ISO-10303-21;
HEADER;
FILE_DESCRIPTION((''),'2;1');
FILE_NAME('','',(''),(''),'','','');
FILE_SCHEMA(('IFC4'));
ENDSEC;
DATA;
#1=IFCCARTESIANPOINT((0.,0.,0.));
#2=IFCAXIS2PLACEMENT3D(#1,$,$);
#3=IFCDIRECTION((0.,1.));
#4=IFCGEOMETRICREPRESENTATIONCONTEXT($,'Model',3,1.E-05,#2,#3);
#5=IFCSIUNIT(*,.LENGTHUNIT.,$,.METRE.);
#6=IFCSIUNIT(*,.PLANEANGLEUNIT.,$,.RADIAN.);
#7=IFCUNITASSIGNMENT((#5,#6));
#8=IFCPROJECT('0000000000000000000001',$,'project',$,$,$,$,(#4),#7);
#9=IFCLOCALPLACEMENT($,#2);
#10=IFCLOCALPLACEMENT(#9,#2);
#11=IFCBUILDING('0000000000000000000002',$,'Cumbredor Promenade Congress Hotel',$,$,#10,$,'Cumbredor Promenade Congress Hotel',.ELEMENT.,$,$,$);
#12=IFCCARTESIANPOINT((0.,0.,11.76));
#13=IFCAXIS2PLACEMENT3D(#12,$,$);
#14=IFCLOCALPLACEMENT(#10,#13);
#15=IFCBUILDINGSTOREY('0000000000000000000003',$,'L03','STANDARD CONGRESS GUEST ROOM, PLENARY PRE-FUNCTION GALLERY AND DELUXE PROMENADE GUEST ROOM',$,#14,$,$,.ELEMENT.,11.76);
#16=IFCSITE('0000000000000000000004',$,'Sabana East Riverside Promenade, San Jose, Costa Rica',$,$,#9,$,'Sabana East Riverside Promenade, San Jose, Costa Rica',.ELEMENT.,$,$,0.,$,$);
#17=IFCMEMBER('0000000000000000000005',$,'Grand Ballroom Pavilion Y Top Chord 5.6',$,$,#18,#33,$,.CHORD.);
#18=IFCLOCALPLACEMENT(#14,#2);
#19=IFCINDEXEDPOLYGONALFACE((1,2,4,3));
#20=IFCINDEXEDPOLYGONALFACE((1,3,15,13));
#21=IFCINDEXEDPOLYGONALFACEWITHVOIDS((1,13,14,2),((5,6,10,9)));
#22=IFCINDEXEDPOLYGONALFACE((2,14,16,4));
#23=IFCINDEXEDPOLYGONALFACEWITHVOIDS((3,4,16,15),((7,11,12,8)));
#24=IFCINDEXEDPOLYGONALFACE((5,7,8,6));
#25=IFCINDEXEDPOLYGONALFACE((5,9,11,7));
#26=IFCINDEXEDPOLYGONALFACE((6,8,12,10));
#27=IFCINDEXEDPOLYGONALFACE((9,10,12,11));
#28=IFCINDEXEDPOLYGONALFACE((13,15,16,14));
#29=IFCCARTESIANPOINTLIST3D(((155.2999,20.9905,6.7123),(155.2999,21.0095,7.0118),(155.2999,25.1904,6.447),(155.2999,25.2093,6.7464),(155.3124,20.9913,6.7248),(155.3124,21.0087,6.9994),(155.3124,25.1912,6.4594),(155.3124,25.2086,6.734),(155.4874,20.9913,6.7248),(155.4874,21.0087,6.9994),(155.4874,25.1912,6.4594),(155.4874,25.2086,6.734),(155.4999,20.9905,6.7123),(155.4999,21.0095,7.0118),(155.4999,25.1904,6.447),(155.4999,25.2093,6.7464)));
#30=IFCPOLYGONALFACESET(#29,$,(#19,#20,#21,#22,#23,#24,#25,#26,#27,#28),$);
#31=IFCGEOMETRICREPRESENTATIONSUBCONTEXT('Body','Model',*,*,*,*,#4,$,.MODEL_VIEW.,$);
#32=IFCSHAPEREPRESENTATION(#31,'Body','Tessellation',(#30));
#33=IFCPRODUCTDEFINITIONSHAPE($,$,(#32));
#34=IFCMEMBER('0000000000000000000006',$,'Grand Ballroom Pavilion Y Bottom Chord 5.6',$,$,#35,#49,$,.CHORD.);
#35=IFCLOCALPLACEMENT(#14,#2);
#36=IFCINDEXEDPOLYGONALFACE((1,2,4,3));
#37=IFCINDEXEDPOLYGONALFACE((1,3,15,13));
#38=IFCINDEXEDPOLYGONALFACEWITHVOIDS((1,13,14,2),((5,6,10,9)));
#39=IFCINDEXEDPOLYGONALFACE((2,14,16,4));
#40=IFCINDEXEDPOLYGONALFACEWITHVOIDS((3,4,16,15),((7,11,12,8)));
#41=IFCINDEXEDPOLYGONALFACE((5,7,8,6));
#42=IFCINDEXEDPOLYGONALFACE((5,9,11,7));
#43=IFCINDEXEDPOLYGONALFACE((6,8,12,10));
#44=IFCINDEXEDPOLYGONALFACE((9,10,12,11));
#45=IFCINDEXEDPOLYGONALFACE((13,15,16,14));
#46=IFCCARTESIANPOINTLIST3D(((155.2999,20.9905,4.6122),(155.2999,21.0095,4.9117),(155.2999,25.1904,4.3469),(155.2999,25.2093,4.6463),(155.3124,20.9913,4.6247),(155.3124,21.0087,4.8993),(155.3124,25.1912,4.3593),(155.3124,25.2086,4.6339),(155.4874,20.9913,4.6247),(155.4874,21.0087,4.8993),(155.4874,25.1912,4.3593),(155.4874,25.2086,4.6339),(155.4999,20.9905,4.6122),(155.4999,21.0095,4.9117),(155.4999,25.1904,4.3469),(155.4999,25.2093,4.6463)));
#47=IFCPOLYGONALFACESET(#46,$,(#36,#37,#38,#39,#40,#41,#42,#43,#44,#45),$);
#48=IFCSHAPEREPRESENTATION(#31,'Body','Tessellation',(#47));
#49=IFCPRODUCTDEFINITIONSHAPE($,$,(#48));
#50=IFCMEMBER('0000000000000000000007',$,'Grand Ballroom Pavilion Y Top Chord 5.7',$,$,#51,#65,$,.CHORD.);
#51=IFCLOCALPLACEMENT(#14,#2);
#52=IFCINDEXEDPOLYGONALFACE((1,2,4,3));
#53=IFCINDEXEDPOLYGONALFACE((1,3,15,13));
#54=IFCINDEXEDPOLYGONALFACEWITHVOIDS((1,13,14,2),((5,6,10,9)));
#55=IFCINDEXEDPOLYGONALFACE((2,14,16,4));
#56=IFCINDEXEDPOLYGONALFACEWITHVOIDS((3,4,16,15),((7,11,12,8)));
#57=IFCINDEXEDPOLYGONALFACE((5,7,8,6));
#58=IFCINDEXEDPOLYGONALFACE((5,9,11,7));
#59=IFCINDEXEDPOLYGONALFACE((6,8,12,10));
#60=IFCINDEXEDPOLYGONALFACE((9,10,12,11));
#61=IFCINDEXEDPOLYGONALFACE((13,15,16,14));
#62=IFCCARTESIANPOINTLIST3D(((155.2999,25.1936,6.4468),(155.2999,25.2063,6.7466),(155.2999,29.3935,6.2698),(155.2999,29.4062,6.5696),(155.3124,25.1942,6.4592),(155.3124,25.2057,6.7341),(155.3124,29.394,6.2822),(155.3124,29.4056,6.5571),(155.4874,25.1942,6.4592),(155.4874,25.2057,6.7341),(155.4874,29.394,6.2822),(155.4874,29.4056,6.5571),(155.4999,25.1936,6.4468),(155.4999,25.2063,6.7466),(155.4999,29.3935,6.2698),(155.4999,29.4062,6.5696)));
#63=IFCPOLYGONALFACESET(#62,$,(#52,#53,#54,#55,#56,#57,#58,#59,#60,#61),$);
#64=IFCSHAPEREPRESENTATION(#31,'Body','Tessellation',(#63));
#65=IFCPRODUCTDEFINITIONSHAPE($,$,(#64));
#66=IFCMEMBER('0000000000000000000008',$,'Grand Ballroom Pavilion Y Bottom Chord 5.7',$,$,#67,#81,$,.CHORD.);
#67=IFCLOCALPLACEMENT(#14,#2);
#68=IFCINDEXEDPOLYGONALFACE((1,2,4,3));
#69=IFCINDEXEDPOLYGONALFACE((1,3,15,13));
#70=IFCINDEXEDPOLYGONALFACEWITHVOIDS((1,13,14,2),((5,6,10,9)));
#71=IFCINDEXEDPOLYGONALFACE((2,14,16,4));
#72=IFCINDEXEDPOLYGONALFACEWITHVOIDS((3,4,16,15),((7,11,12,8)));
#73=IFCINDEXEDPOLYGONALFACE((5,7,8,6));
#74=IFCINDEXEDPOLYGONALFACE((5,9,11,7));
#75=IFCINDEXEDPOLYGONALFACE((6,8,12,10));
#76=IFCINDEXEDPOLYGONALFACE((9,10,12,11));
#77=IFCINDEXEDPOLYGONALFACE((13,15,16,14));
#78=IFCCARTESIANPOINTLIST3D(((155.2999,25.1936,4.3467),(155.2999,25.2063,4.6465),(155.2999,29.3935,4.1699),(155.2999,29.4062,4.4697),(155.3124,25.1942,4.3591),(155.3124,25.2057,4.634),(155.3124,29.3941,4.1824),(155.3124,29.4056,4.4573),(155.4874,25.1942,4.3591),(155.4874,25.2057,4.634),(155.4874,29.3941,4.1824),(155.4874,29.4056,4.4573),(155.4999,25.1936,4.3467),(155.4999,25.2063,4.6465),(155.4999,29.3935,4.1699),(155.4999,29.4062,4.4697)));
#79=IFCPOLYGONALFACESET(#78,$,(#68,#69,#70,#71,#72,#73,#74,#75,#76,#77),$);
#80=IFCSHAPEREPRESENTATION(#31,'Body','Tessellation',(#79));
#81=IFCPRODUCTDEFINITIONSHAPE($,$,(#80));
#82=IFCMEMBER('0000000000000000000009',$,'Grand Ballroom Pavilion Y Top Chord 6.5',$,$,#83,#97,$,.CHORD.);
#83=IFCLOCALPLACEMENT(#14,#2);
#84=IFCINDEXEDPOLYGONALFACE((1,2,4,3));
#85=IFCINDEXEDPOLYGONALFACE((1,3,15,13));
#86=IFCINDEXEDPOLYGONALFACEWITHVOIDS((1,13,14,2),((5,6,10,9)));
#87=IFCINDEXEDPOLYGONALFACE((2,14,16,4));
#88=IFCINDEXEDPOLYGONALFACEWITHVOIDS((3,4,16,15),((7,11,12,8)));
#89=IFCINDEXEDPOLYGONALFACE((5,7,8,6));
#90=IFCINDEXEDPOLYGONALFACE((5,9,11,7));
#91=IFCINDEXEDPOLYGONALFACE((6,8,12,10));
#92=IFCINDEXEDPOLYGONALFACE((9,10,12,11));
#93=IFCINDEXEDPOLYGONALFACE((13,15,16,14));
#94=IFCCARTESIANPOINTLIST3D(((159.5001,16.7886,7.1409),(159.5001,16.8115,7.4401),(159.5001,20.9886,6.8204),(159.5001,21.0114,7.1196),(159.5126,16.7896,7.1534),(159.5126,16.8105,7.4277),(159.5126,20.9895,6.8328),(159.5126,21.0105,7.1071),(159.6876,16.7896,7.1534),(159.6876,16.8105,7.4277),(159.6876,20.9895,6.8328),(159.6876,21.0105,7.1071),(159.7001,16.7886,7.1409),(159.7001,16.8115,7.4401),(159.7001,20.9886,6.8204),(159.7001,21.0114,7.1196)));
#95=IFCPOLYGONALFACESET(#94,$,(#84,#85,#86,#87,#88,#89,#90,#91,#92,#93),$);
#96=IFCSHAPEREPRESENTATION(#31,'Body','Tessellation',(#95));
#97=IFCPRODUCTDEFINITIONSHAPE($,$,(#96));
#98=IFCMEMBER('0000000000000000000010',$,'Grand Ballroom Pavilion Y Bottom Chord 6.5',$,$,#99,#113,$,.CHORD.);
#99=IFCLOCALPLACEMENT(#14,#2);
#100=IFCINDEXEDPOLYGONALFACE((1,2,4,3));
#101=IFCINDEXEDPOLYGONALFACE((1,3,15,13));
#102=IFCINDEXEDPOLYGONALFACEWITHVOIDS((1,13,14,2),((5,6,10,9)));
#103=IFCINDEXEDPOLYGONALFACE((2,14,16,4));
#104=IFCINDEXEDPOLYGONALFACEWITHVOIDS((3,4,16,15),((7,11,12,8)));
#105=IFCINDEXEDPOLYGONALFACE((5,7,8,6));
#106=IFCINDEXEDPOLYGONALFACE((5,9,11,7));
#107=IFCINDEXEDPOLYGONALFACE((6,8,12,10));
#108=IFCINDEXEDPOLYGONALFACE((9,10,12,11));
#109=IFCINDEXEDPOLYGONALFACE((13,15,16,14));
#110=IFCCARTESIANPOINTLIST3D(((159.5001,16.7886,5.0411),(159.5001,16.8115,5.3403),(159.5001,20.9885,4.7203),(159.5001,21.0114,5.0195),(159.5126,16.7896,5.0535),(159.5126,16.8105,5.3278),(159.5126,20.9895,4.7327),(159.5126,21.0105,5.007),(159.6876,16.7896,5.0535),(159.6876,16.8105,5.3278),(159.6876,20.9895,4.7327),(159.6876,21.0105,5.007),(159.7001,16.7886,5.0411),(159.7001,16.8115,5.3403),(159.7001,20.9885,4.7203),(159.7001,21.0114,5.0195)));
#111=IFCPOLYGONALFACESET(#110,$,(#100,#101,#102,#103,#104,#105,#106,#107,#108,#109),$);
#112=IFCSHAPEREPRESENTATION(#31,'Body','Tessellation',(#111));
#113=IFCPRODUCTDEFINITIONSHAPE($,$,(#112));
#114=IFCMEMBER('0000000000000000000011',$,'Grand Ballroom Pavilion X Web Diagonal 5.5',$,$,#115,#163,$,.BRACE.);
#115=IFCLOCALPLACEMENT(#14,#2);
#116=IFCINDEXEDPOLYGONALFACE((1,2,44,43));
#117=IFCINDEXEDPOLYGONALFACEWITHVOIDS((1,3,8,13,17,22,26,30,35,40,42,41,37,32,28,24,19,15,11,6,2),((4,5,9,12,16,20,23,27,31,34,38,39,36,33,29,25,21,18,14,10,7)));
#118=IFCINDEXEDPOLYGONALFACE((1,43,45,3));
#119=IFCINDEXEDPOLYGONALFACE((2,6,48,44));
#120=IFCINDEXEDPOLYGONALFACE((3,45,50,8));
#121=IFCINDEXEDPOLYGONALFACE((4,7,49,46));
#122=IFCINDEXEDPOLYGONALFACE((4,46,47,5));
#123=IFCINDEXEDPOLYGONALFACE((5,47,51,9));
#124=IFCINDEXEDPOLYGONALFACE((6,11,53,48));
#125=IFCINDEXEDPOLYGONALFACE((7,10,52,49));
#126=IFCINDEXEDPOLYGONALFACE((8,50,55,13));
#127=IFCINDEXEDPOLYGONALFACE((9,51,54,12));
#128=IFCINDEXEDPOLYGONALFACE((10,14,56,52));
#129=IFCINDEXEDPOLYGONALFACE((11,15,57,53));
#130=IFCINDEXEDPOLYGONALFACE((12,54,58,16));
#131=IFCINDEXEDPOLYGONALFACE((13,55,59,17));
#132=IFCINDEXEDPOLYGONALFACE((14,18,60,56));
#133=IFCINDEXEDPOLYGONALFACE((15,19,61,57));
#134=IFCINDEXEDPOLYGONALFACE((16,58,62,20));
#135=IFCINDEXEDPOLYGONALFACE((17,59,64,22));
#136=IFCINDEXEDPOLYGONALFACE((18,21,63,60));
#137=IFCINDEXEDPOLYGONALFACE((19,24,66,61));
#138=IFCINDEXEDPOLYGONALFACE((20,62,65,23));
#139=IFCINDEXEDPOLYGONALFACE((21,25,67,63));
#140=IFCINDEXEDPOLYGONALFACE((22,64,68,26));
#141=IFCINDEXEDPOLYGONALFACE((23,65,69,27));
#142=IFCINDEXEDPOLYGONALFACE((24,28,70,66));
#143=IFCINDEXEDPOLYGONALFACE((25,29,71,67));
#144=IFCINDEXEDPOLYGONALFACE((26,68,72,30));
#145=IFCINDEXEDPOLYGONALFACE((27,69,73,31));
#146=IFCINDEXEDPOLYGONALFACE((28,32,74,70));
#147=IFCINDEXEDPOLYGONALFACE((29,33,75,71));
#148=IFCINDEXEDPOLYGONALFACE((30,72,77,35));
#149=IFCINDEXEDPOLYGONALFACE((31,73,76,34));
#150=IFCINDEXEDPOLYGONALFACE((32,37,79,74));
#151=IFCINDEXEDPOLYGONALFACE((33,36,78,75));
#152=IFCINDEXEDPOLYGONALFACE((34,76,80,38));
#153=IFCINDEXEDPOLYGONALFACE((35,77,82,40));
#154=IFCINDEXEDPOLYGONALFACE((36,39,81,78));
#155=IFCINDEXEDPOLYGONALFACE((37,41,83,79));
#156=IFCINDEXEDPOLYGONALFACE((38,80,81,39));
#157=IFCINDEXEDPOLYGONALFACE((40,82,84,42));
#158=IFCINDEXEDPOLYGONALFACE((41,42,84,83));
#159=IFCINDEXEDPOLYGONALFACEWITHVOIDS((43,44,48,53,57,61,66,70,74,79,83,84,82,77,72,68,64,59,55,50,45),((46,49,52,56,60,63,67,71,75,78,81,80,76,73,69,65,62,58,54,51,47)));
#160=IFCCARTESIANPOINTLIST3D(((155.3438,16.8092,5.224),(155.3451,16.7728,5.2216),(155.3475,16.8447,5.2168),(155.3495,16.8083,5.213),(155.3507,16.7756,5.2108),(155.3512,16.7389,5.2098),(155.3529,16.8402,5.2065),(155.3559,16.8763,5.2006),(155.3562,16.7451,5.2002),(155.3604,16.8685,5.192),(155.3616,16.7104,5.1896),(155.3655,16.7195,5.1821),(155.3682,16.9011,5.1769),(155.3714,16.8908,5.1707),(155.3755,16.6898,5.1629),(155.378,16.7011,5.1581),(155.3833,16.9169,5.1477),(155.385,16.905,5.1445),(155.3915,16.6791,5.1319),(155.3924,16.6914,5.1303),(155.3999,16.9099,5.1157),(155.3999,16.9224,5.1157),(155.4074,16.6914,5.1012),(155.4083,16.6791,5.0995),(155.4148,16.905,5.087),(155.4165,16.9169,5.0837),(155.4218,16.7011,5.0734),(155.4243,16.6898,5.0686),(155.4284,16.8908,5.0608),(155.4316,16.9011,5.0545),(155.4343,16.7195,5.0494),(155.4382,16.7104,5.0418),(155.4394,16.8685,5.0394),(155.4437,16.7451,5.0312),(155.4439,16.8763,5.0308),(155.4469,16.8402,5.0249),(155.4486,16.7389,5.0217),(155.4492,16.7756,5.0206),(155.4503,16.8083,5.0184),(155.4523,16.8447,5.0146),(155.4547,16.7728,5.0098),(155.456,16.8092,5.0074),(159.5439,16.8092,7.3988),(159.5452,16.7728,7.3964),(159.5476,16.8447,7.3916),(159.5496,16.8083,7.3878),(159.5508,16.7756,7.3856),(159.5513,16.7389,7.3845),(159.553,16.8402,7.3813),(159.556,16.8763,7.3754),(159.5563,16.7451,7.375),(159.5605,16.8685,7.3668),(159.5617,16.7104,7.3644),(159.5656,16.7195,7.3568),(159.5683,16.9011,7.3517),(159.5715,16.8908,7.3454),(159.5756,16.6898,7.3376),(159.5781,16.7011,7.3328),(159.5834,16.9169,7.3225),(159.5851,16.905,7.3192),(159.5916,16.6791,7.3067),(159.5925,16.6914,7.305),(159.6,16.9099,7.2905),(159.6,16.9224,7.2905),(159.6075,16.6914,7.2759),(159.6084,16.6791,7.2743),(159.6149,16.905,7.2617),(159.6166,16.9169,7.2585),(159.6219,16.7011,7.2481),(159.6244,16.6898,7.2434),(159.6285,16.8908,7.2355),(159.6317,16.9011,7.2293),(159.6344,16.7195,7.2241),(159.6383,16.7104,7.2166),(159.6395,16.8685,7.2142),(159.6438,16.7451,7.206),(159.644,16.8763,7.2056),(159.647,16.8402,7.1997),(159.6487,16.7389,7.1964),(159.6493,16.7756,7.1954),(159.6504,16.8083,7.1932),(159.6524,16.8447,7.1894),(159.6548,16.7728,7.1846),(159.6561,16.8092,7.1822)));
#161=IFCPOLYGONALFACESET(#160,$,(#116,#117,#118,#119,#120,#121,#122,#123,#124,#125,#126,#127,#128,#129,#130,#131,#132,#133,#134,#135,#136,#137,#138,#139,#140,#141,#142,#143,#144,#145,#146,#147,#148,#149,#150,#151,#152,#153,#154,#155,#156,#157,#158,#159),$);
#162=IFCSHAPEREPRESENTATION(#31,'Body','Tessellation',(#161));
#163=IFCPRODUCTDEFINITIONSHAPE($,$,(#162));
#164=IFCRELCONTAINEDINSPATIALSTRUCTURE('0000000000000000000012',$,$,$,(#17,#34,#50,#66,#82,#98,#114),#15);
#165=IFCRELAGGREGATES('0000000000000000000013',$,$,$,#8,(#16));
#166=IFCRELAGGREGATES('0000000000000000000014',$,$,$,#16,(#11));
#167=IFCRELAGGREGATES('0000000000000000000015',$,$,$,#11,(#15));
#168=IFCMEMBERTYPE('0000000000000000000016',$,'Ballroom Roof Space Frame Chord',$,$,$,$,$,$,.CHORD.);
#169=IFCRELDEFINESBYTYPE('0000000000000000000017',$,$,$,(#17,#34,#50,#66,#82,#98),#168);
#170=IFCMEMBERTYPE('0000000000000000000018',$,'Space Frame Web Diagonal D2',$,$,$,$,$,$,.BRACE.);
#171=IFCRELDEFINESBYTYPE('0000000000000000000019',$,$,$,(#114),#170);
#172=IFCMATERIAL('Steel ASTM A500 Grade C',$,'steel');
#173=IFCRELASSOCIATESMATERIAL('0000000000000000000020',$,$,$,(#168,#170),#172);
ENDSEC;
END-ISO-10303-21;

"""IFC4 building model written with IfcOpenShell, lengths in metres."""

from ifc_helpers import new_model, si_unit, direction, frame, origin, origin_2d, place, context, subcontext, project, spatial, hollow_rectangle, hollow_circle, extrude, material, material_profile, profile_set, type_object, element, save


model = new_model("IFC4")

# Units and contexts
model_context = context("Model", 3, precision=1e-05, world=origin(), true_north=direction((0.0, 1.0)))
body_context = subcontext(model_context, "Body", "Model", "MODEL_VIEW")
ifc_project = project(units=[si_unit("LENGTHUNIT", "METRE"), si_unit("PLANEANGLEUNIT", "RADIAN")], contexts=[model_context])

# Site, building, storey
site_placement = place(None, origin())
site = spatial("IfcSite", under=ifc_project, at=site_placement, Name="Sabana East Riverside Promenade, San Jose, Costa Rica", LongName="Sabana East Riverside Promenade, San Jose, Costa Rica", CompositionType="ELEMENT", RefElevation=0.0)
building_placement = place(site_placement, origin())
building = spatial("IfcBuilding", under=site, at=building_placement, Name="Cumbredor Promenade Congress Hotel", LongName="Cumbredor Promenade Congress Hotel", CompositionType="ELEMENT")
storey_placement = place(building_placement, frame((0.0, 0.0, 11.76)))
storey = spatial("IfcBuildingStorey", under=building, at=storey_placement, Name="L03", Description="STANDARD CONGRESS GUEST ROOM, PLENARY PRE-FUNCTION GALLERY AND DELUXE PROMENADE GUEST ROOM", CompositionType="ELEMENT", Elevation=11.76)

# Members
ifc_material_1 = material(Name="Steel ASTM A500 Grade C", Category="steel")
ifc_material_profile_1 = material_profile(ifc_material_1, hollow_rectangle(XDim=0.2, YDim=0.3, WallThickness=0.0125, at=origin_2d()), Name="HSS 300x200x12.5")
ifc_profile_set_1 = profile_set([ifc_material_profile_1], Name="Steel ASTM A500 Grade C")
member_type_1 = type_object("IfcMemberType", Name="Ballroom Roof Space Frame Chord", PredefinedType="CHORD", material=ifc_profile_set_1)
for number, where, z_axis, x_axis, name in (
    (1, (155.3999, 21.0, 6.8621), (0.0, 0.99801, -0.063061), (-1.0, 0.0, 0.0), "Grand Ballroom Pavilion Y Top Chord 5.6"),
    (2, (155.3999, 21.0, 4.762), (0.0, 0.99801, -0.063061), (-1.0, 0.0, 0.0), "Grand Ballroom Pavilion Y Bottom Chord 5.6"),
):
    element("IfcMember", number, at=place(storey_placement, frame(where, z_axis=z_axis, x_axis=x_axis)), inside=storey, type_object=member_type_1, Name=name, PredefinedType="CHORD", context=body_context, shape_type="SweptSolid", body=[
        extrude(hollow_rectangle(XDim=0.2, YDim=0.3, WallThickness=0.0125, at=origin_2d()), origin(), (0.0, 0.0, 1.0), 4.2083),
    ])
for number, where, z_axis, x_axis, name in (
    (3, (155.3999, 25.2, 6.5967), (0.0, 0.999113, -0.042106), (-1.0, 0.0, 0.0), "Grand Ballroom Pavilion Y Top Chord 5.7"),
    (4, (155.3999, 25.2, 4.4966), (0.0, 0.999116, -0.042048), (-1.0, 0.0, 0.0), "Grand Ballroom Pavilion Y Bottom Chord 5.7"),
):
    element("IfcMember", number, at=place(storey_placement, frame(where, z_axis=z_axis, x_axis=x_axis)), inside=storey, type_object=member_type_1, Name=name, PredefinedType="CHORD", context=body_context, shape_type="SweptSolid", body=[
        extrude(hollow_rectangle(XDim=0.2, YDim=0.3, WallThickness=0.0125, at=origin_2d()), origin(), (0.0, 0.0, 1.0), 4.2036),
    ])
for number, where, z_axis, x_axis, name in (
    (5, (159.6001, 16.8, 7.2905), (0.0, 0.9971, -0.076103), (-1.0, 0.0, 0.0), "Grand Ballroom Pavilion Y Top Chord 6.5"),
    (6, (159.6001, 16.8, 5.1907), (0.0, 0.997096, -0.07616), (-1.0, 0.0, 0.0), "Grand Ballroom Pavilion Y Bottom Chord 6.5"),
):
    element("IfcMember", number, at=place(storey_placement, frame(where, z_axis=z_axis, x_axis=x_axis)), inside=storey, type_object=member_type_1, Name=name, PredefinedType="CHORD", context=body_context, shape_type="SweptSolid", body=[
        extrude(hollow_rectangle(XDim=0.2, YDim=0.3, WallThickness=0.0125, at=origin_2d()), origin(), (0.0, 0.0, 1.0), 4.2122),
    ])
ifc_material_profile_2 = material_profile(ifc_material_1, hollow_circle(Radius=0.1223, WallThickness=0.0125, at=origin_2d()), Name="CHS 244.5x12.5")
ifc_profile_set_2 = profile_set([ifc_material_profile_2], Name="Steel ASTM A500 Grade C")
member_type_2 = type_object("IfcMemberType", Name="Space Frame Web Diagonal D2", PredefinedType="BRACE", material=ifc_profile_set_2)
member_1_placement = place(storey_placement, frame((155.3999, 16.8, 5.1157), z_axis=(0.88802, 0.0, 0.459805), x_axis=(0.0, 1.0, 0.0)))
element("IfcMember", 7, at=member_1_placement, inside=storey, type_object=member_type_2, Name="Grand Ballroom Pavilion X Web Diagonal 5.5", PredefinedType="BRACE", context=body_context, shape_type="SweptSolid", body=[
    extrude(hollow_circle(Radius=0.1223, WallThickness=0.0125, at=origin_2d()), origin(), (0.0, 0.0, 1.0), 4.7297),
])

save(model, "model.ifc")
